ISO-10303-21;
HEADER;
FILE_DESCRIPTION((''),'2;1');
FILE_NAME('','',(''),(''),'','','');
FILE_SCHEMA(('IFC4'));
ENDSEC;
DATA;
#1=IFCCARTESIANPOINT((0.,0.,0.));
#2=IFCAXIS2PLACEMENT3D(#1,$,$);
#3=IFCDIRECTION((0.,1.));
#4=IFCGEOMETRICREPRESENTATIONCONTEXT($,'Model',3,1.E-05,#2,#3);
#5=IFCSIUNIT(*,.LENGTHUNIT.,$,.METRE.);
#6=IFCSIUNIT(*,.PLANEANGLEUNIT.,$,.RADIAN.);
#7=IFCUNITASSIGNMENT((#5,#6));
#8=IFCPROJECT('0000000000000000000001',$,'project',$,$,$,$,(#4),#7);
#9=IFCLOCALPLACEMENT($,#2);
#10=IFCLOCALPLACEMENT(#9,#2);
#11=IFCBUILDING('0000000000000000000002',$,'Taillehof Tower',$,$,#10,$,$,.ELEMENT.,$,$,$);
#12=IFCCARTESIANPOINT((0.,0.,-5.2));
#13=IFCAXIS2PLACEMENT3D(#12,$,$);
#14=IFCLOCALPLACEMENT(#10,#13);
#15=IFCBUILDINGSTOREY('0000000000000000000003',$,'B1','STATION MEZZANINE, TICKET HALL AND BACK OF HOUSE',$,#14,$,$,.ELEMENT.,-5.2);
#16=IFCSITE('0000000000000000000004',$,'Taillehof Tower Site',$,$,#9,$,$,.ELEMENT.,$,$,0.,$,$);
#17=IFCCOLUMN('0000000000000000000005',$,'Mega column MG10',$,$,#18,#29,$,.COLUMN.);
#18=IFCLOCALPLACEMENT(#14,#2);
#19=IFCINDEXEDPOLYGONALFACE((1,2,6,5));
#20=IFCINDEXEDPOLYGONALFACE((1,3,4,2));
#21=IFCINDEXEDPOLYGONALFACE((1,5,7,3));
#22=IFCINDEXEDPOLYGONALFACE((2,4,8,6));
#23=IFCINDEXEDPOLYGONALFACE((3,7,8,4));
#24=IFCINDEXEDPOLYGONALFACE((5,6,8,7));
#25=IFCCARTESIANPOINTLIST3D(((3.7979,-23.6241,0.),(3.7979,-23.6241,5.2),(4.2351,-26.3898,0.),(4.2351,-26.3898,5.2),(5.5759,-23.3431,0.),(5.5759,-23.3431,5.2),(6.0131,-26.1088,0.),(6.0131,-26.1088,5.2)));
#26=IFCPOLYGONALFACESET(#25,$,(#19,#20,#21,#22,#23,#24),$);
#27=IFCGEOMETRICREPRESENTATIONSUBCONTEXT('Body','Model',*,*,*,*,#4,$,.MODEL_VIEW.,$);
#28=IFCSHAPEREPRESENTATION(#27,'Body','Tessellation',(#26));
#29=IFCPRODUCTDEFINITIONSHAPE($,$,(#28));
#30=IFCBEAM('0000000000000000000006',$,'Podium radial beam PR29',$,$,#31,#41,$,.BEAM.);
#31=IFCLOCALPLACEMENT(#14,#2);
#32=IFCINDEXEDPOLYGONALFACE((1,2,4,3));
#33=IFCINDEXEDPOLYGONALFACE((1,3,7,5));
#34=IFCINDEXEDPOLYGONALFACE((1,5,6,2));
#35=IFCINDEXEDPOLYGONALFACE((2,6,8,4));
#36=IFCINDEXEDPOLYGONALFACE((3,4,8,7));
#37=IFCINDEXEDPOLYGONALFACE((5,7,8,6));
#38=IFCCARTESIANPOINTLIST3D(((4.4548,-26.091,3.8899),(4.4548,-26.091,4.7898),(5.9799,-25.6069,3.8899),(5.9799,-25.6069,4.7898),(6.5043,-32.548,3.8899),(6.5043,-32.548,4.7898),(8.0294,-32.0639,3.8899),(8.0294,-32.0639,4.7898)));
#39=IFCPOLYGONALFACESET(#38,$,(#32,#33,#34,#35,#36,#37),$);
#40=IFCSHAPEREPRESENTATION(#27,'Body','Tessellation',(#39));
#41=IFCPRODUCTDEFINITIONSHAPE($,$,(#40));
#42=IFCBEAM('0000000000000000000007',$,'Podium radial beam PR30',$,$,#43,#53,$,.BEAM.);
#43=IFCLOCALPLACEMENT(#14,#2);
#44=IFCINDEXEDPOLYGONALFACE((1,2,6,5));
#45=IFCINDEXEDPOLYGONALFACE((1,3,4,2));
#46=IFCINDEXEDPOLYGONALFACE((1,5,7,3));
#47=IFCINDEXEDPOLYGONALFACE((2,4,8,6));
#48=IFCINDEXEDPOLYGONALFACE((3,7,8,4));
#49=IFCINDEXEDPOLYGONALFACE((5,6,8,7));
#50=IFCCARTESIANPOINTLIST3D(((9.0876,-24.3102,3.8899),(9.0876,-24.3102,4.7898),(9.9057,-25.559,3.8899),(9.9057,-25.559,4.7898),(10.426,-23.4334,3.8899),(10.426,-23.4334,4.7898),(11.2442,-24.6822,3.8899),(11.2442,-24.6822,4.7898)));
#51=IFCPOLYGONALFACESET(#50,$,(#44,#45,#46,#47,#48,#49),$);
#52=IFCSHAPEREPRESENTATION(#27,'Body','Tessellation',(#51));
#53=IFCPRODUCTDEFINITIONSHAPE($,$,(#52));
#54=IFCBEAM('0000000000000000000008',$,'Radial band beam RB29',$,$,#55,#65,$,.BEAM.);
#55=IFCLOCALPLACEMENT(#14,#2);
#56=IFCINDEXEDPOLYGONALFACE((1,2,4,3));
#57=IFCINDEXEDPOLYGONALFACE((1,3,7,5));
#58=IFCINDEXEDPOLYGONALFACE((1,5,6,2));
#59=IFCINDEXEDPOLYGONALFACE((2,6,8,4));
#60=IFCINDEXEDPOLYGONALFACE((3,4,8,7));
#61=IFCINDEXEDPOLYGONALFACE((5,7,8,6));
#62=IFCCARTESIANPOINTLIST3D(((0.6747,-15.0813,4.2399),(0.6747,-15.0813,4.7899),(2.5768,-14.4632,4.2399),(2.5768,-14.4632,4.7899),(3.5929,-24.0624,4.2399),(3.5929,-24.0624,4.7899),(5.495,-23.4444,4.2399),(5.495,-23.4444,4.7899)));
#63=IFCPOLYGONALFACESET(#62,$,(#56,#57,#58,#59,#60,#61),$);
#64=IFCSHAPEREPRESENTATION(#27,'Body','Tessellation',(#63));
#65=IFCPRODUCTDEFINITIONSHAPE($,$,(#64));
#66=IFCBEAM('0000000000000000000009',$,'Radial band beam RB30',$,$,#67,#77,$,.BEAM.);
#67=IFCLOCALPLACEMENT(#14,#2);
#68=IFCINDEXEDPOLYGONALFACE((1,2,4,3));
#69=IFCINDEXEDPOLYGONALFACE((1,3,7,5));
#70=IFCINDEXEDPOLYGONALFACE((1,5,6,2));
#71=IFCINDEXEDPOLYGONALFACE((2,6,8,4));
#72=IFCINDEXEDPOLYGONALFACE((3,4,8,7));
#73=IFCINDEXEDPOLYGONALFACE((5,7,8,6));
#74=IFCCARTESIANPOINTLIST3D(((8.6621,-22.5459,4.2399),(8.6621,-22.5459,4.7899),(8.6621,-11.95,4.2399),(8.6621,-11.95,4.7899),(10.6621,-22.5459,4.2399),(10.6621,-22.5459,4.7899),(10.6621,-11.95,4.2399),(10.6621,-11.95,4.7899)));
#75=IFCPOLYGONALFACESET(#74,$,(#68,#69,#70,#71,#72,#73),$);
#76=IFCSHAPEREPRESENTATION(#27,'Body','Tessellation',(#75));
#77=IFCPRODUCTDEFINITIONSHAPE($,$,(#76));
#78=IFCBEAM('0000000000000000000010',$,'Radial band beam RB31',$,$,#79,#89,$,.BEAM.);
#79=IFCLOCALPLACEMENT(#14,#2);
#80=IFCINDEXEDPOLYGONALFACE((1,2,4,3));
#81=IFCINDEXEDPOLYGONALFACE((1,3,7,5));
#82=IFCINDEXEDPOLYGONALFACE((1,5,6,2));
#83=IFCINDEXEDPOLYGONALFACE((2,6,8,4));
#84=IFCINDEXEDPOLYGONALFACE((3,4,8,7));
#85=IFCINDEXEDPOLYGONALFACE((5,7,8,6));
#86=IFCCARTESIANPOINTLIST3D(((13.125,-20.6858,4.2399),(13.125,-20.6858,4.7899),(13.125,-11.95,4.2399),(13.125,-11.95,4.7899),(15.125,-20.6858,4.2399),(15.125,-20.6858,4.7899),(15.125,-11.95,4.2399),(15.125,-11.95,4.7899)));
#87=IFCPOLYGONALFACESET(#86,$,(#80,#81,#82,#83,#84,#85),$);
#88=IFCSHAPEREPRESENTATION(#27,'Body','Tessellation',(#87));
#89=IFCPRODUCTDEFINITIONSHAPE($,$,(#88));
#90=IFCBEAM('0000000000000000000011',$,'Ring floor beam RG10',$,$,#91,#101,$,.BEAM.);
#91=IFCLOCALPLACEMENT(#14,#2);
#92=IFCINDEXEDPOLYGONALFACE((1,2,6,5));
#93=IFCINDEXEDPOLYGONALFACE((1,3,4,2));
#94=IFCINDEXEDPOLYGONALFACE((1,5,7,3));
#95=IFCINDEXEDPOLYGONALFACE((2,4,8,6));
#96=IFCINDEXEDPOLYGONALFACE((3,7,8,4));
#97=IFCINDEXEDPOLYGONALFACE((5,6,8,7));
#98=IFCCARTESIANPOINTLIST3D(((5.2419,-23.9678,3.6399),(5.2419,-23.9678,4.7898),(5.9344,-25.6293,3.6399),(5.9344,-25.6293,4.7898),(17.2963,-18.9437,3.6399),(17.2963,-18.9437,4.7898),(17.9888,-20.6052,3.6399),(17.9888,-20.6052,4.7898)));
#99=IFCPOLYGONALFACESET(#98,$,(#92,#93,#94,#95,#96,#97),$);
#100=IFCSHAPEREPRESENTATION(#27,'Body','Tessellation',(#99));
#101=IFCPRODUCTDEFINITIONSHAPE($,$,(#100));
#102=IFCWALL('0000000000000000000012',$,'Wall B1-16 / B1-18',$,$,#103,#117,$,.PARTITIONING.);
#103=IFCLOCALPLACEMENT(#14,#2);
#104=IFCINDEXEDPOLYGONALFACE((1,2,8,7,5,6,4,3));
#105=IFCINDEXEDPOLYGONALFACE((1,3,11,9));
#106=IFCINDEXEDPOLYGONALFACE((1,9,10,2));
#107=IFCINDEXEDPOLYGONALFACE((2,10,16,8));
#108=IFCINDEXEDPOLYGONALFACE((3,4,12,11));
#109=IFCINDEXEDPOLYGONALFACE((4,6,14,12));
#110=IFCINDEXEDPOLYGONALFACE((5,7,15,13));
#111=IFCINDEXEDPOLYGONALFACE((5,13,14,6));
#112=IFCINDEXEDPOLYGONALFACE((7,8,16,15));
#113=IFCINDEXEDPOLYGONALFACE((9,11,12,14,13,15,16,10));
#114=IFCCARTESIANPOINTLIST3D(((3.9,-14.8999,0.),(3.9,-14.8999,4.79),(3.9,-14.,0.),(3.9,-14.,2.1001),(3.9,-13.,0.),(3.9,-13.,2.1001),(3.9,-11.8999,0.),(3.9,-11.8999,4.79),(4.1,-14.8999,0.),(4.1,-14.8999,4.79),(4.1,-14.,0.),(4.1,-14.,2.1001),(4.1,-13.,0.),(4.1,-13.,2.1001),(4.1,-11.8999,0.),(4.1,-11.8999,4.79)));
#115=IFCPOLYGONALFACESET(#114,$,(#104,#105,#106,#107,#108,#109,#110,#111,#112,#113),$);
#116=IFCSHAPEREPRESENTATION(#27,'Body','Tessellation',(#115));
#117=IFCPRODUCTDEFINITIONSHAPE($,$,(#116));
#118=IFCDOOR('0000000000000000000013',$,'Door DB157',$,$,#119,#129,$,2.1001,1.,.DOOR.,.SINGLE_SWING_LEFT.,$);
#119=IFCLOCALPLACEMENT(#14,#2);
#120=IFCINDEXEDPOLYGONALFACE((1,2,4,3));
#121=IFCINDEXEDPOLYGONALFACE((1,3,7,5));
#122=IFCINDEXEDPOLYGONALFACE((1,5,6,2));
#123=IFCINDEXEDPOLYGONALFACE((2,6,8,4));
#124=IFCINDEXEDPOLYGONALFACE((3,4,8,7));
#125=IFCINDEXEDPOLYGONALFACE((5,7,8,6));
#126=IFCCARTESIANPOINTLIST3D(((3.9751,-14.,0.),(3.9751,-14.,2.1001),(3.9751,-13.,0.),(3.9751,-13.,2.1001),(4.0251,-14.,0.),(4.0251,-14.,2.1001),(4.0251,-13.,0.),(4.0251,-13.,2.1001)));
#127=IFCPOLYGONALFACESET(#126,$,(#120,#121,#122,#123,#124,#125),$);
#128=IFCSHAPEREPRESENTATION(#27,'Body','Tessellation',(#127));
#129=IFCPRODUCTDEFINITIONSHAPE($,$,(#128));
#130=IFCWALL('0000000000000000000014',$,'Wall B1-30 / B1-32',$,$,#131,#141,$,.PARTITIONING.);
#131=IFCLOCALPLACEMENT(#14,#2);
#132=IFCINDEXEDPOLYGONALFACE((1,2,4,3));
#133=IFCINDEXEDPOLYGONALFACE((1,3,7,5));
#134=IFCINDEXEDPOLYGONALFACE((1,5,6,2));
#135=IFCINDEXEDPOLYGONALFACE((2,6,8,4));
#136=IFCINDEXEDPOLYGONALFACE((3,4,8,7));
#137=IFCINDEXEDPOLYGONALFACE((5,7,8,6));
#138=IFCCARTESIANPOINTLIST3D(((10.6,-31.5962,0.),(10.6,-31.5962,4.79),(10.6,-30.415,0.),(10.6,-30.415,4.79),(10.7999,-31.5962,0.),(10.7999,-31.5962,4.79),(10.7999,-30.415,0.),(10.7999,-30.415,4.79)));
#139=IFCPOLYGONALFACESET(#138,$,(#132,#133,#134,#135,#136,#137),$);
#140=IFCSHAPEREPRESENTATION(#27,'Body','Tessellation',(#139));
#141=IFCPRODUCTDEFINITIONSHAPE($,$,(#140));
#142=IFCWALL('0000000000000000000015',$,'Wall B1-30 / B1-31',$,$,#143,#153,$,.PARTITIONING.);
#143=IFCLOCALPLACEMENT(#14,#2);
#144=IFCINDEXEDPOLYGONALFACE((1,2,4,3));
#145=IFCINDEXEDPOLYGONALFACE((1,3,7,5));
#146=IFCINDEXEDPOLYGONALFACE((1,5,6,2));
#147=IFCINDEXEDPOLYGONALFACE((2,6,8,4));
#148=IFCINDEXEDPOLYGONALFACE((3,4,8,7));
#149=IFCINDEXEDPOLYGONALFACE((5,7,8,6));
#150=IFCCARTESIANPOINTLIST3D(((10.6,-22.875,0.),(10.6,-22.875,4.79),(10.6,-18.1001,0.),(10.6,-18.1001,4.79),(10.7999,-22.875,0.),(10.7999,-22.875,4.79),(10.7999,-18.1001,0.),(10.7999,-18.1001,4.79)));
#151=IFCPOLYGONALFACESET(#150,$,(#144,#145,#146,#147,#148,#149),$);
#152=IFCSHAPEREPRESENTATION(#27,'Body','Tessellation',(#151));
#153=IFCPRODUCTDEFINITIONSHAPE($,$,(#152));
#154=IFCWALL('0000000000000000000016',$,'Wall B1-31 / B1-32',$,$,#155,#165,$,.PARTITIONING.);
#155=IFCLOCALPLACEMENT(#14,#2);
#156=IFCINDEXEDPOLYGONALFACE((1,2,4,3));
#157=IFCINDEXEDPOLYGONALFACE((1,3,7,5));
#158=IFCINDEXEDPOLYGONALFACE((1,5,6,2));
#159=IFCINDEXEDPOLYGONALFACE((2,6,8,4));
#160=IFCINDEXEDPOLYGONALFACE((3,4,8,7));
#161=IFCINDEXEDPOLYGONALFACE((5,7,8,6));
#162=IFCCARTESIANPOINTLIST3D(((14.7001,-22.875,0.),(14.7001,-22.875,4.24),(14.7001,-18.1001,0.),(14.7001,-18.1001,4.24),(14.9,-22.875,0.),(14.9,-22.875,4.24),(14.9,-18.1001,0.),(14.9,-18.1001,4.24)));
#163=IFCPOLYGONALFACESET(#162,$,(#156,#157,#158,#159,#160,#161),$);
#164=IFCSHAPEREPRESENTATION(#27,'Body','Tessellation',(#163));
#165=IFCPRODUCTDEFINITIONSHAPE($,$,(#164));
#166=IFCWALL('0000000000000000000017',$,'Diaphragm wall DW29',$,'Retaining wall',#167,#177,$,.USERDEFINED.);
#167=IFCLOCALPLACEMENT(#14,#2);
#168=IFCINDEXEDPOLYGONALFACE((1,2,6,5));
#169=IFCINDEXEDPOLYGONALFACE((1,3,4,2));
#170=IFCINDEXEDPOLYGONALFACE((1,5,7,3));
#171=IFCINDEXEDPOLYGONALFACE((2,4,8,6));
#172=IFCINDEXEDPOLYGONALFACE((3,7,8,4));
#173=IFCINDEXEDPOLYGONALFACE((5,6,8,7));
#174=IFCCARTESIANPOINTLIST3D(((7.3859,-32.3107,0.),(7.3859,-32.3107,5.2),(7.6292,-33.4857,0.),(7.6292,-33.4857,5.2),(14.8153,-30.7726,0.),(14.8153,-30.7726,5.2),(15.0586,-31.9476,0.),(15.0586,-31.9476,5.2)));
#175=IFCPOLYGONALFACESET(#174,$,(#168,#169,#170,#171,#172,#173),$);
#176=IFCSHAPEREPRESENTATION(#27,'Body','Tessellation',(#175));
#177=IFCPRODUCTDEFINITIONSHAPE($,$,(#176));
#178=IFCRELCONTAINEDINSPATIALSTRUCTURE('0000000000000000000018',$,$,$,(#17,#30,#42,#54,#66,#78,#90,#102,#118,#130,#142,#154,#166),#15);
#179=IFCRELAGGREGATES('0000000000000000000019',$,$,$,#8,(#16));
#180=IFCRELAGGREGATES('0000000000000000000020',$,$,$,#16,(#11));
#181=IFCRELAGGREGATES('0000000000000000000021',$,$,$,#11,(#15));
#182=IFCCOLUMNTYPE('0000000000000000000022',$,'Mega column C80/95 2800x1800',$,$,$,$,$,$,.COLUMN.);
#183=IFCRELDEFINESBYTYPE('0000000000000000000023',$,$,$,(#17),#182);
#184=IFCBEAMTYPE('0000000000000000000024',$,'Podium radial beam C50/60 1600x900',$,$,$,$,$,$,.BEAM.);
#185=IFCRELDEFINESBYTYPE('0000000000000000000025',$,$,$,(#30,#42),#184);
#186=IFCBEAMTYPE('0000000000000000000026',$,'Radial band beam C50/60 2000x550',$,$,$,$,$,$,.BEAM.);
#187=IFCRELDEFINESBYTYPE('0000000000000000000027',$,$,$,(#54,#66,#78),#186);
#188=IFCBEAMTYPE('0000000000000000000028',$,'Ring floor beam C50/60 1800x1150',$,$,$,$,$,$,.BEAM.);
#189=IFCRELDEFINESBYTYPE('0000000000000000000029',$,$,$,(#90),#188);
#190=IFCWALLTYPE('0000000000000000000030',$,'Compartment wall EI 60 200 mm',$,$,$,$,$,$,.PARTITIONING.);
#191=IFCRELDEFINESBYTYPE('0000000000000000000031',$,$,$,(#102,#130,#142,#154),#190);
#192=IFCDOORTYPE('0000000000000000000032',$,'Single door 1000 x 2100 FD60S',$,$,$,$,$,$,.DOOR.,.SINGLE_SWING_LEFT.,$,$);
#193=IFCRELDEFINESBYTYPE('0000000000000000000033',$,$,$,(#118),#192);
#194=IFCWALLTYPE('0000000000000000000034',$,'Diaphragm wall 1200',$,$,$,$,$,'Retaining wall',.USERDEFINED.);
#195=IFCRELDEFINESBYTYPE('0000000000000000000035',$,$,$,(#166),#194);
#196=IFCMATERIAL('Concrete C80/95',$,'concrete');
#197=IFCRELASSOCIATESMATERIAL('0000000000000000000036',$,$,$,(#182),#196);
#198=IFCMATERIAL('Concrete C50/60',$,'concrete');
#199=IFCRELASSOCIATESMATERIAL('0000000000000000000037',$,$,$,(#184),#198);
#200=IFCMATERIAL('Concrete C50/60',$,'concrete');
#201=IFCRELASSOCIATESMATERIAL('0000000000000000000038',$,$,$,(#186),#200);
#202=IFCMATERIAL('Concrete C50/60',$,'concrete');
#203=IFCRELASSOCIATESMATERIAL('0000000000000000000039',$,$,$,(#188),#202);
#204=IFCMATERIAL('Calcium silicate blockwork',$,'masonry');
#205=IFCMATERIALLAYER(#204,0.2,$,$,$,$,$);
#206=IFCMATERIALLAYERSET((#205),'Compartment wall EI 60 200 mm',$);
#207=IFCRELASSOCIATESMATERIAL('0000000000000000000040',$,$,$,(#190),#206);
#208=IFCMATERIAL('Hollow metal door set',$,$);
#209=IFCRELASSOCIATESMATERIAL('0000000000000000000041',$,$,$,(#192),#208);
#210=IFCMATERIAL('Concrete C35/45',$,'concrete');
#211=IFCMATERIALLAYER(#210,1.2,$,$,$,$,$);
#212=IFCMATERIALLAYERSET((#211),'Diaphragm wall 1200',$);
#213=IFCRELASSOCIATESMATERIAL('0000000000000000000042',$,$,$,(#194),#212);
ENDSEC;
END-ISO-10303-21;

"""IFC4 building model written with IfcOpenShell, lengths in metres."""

from ifc_helpers import new_model, si_unit, direction, frame, frame_2d, origin, origin_2d, place, context, subcontext, project, spatial, rectangle, extrude, material, layer, layer_set, material_profile, profile_set, type_object, element, fill, save


model = new_model("IFC4")

# Units and contexts
model_context = context("Model", 3, precision=1e-05, world=origin(), true_north=direction((0.0, 1.0)))
body_context = subcontext(model_context, "Body", "Model", "MODEL_VIEW")
ifc_project = project(units=[si_unit("LENGTHUNIT", "METRE"), si_unit("PLANEANGLEUNIT", "RADIAN")], contexts=[model_context])

# Site, building, storey
site_placement = place(None, origin())
site = spatial("IfcSite", under=ifc_project, at=site_placement, Name="Taillehof Tower Site", CompositionType="ELEMENT", RefElevation=0.0)
building_placement = place(site_placement, origin())
building = spatial("IfcBuilding", under=site, at=building_placement, Name="Taillehof Tower", CompositionType="ELEMENT")
storey_placement = place(building_placement, frame((0.0, 0.0, -5.2)))
storey = spatial("IfcBuildingStorey", under=building, at=storey_placement, Name="B1", Description="STATION MEZZANINE, TICKET HALL AND BACK OF HOUSE", CompositionType="ELEMENT", Elevation=-5.2)

# Column
ifc_material_1 = material(Name="Concrete C80/95", Category="concrete")
ifc_material_profile_1 = material_profile(ifc_material_1, rectangle(XDim=2.8, YDim=1.8, at=origin_2d()), Name="RC 2800x1800")
ifc_profile_set_1 = profile_set([ifc_material_profile_1], Name="Concrete C80/95")
column_type = type_object("IfcColumnType", Name="Mega column C80/95 2800x1800", PredefinedType="COLUMN", material=ifc_profile_set_1)
column_placement = place(storey_placement, frame((4.9055, -24.8665, 0.0), z_axis=(0.0, 0.0, 1.0), x_axis=(0.156147, -0.987734, 0.0)))
element("IfcColumn", 1, at=column_placement, inside=storey, type_object=column_type, Name="Mega column MG10", PredefinedType="COLUMN", context=body_context, shape_type="SweptSolid", body=[
    extrude(rectangle(XDim=2.8, YDim=1.8, at=origin_2d()), origin(), (0.0, 0.0, 1.0), 5.2),
])

# Beams
ifc_material_2 = material(Name="Concrete C50/60", Category="concrete")
ifc_material_profile_2 = material_profile(ifc_material_2, rectangle(XDim=1.6001, YDim=0.8999, at=origin_2d()), Name="RC 1600x900")
ifc_profile_set_2 = profile_set([ifc_material_profile_2], Name="Concrete C50/60")
beam_type_1 = type_object("IfcBeamType", Name="Podium radial beam C50/60 1600x900", PredefinedType="BEAM", material=ifc_profile_set_2)
beam_1_placement = place(storey_placement, frame((7.2668, -32.3059, 4.3398), z_axis=(-0.30254, 0.953137, 0.0), x_axis=(-0.953137, -0.30254, 0.0)))
element("IfcBeam", 2, at=beam_1_placement, inside=storey, type_object=beam_type_1, Name="Podium radial beam PR29", PredefinedType="BEAM", context=body_context, shape_type="SweptSolid", body=[
    extrude(rectangle(XDim=1.6001, YDim=0.8999, at=origin_2d()), origin(), (0.0, 0.0, 1.0), 6.7744),
])
beam_2_placement = place(storey_placement, frame((10.575, -25.1206, 4.3398), z_axis=(-0.548003, 0.836477, 0.0), x_axis=(-0.836477, -0.548003, 0.0)))
element("IfcBeam", 3, at=beam_2_placement, inside=storey, type_object=beam_type_1, Name="Podium radial beam PR30", PredefinedType="BEAM", context=body_context, shape_type="SweptSolid", body=[
    extrude(rectangle(XDim=1.6001, YDim=0.8999, at=origin_2d()), origin(), (0.0, 0.0, 1.0), 1.4929),
])
ifc_material_3 = material(Name="Concrete C50/60", Category="concrete")
ifc_material_profile_3 = material_profile(ifc_material_3, rectangle(XDim=2.0, YDim=0.55, at=origin_2d()), Name="RC 2000x550")
ifc_profile_set_3 = profile_set([ifc_material_profile_3], Name="Concrete C50/60")
beam_type_2 = type_object("IfcBeamType", Name="Radial band beam C50/60 2000x550", PredefinedType="BEAM", material=ifc_profile_set_3)
beam_3_placement = place(storey_placement, frame((4.5439, -23.7534, 4.5149), z_axis=(-0.309021, 0.951055, 0.0), x_axis=(-0.951055, -0.309021, 0.0)))
element("IfcBeam", 4, at=beam_3_placement, inside=storey, type_object=beam_type_2, Name="Radial band beam RB29", PredefinedType="BEAM", context=body_context, shape_type="SweptSolid", body=[
    extrude(rectangle(XDim=2.0, YDim=0.55, at=origin_2d()), origin(), (0.0, 0.0, 1.0), 9.4434),
])
beam_4_placement = place(storey_placement, frame((9.6621, -22.5459, 4.5149), z_axis=(0.0, 1.0, 0.0), x_axis=(-1.0, 0.0, 0.0)))
element("IfcBeam", 5, at=beam_4_placement, inside=storey, type_object=beam_type_2, Name="Radial band beam RB30", PredefinedType="BEAM", context=body_context, shape_type="SweptSolid", body=[
    extrude(rectangle(XDim=2.0, YDim=0.55, at=origin_2d()), origin(), (0.0, 0.0, 1.0), 10.5959),
])
beam_5_placement = place(storey_placement, frame((14.125, -20.6858, 4.5149), z_axis=(0.0, 1.0, 0.0), x_axis=(-1.0, 0.0, 0.0)))
element("IfcBeam", 6, at=beam_5_placement, inside=storey, type_object=beam_type_2, Name="Radial band beam RB31", PredefinedType="BEAM", context=body_context, shape_type="SweptSolid", body=[
    extrude(rectangle(XDim=2.0, YDim=0.55, at=origin_2d()), origin(), (0.0, 0.0, 1.0), 8.7358),
])
ifc_material_4 = material(Name="Concrete C50/60", Category="concrete")
ifc_material_profile_4 = material_profile(ifc_material_4, rectangle(XDim=1.8, YDim=1.1499, at=origin_2d()), Name="RC 1800x1150")
ifc_profile_set_4 = profile_set([ifc_material_profile_4], Name="Concrete C50/60")
beam_type_3 = type_object("IfcBeamType", Name="Ring floor beam C50/60 1800x1150", PredefinedType="BEAM", material=ifc_profile_set_4)
beam_6_placement = place(storey_placement, frame((5.5881, -24.7986, 4.2148), z_axis=(0.923037, 0.384712, 0.0), x_axis=(-0.384712, 0.923037, 0.0)))
element("IfcBeam", 7, at=beam_6_placement, inside=storey, type_object=beam_type_3, Name="Ring floor beam RG10", PredefinedType="BEAM", context=body_context, shape_type="SweptSolid", body=[
    extrude(rectangle(XDim=1.8, YDim=1.1499, at=origin_2d()), origin(), (0.0, 0.0, 1.0), 13.0596),
])

# Wall, opening, door
ifc_material_5 = material(Name="Calcium silicate blockwork", Category="masonry")
ifc_layer_1 = layer(ifc_material_5, 0.2)
ifc_layer_set_1 = layer_set([ifc_layer_1], Name="Compartment wall EI 60 200 mm")
wall_type_1 = type_object("IfcWallType", Name="Compartment wall EI 60 200 mm", PredefinedType="PARTITIONING", material=ifc_layer_set_1)
wall_1_placement = place(storey_placement, frame((4.0, -14.8999, 0.0), z_axis=(0.0, 0.0, 1.0), x_axis=(0.0, 1.0, 0.0)))
wall_1 = element("IfcWall", 8, at=wall_1_placement, inside=storey, type_object=wall_type_1, Name="Wall B1-16 / B1-18", PredefinedType="PARTITIONING", context=body_context, shape_type="SweptSolid", body=[
    extrude(rectangle(XDim=3.0, YDim=0.2, at=frame_2d((1.5, 0.0))), origin(), (0.0, 0.0, 1.0), 4.79),
])
opening_1_placement = place(wall_1_placement, frame((0.8999, 0.0, 0.0)))
opening_1 = element("IfcOpeningElement", 9, at=opening_1_placement, cuts=wall_1, PredefinedType="OPENING", context=body_context, shape_type="SweptSolid", body=[
    extrude(rectangle(XDim=1.0, YDim=2.1001, at=frame_2d((0.5, 1.05))), frame((0.0, 0.1099, 0.0), z_axis=(0.0, -1.0, 0.0), x_axis=(1.0, 0.0, 0.0)), (0.0, 0.0, 1.0), 0.22),
])
ifc_material_6 = material(Name="Hollow metal door set")
door_type_1 = type_object("IfcDoorType", Name="Single door 1000 x 2100 FD60S", OperationType="SINGLE_SWING_LEFT", PredefinedType="DOOR", material=ifc_material_6)
door_1_placement = place(opening_1_placement, origin())
door_1 = element("IfcDoor", 10, at=door_1_placement, inside=storey, type_object=door_type_1, Name="Door DB157", OperationType="SINGLE_SWING_LEFT", OverallHeight=2.1001, OverallWidth=1.0, PredefinedType="DOOR", context=body_context, shape_type="SweptSolid", body=[
    extrude(rectangle(XDim=1.0, YDim=2.1001, at=frame_2d((0.5, 1.05))), frame((0.0, 0.0249, 0.0), z_axis=(0.0, -1.0, 0.0), x_axis=(1.0, 0.0, 0.0)), (0.0, 0.0, 1.0), 0.05),
])
fill(opening_1, door_1)

# Walls
wall_2_placement = place(storey_placement, frame((10.7, -31.5962, 0.0), z_axis=(0.0, 0.0, 1.0), x_axis=(0.0, 1.0, 0.0)))
element("IfcWall", 11, at=wall_2_placement, inside=storey, type_object=wall_type_1, Name="Wall B1-30 / B1-32", PredefinedType="PARTITIONING", context=body_context, shape_type="SweptSolid", body=[
    extrude(rectangle(XDim=1.1812, YDim=0.2, at=frame_2d((0.5906, 0.0))), origin(), (0.0, 0.0, 1.0), 4.79),
])
wall_3_placement = place(storey_placement, frame((10.7, -22.875, 0.0), z_axis=(0.0, 0.0, 1.0), x_axis=(0.0, 1.0, 0.0)))
element("IfcWall", 12, at=wall_3_placement, inside=storey, type_object=wall_type_1, Name="Wall B1-30 / B1-31", PredefinedType="PARTITIONING", context=body_context, shape_type="SweptSolid", body=[
    extrude(rectangle(XDim=4.7749, YDim=0.2, at=frame_2d((2.3875, 0.0))), origin(), (0.0, 0.0, 1.0), 4.79),
])
wall_4_placement = place(storey_placement, frame((14.8, -22.875, 0.0), z_axis=(0.0, 0.0, 1.0), x_axis=(0.0, 1.0, 0.0)))
element("IfcWall", 13, at=wall_4_placement, inside=storey, type_object=wall_type_1, Name="Wall B1-31 / B1-32", PredefinedType="PARTITIONING", context=body_context, shape_type="SweptSolid", body=[
    extrude(rectangle(XDim=4.7749, YDim=0.2, at=frame_2d((2.3875, 0.0))), origin(), (0.0, 0.0, 1.0), 4.24),
])
ifc_material_7 = material(Name="Concrete C35/45", Category="concrete")
ifc_layer_2 = layer(ifc_material_7, 1.2)
ifc_layer_set_2 = layer_set([ifc_layer_2], Name="Diaphragm wall 1200")
wall_type_2 = type_object("IfcWallType", Name="Diaphragm wall 1200", ElementType="Retaining wall", PredefinedType="USERDEFINED", material=ifc_layer_set_2)
wall_5_placement = place(storey_placement, frame((7.5076, -32.8982, 0.0), z_axis=(0.0, 0.0, 1.0), x_axis=(0.979235, 0.202727, 0.0)))
element("IfcWall", 14, at=wall_5_placement, inside=storey, type_object=wall_type_2, Name="Diaphragm wall DW29", ObjectType="Retaining wall", PredefinedType="USERDEFINED", context=body_context, shape_type="SweptSolid", body=[
    extrude(rectangle(XDim=7.5869, YDim=1.2, at=frame_2d((3.7935, 0.0))), origin(), (0.0, 0.0, 1.0), 5.2),
])

save(model, "model.ifc")
